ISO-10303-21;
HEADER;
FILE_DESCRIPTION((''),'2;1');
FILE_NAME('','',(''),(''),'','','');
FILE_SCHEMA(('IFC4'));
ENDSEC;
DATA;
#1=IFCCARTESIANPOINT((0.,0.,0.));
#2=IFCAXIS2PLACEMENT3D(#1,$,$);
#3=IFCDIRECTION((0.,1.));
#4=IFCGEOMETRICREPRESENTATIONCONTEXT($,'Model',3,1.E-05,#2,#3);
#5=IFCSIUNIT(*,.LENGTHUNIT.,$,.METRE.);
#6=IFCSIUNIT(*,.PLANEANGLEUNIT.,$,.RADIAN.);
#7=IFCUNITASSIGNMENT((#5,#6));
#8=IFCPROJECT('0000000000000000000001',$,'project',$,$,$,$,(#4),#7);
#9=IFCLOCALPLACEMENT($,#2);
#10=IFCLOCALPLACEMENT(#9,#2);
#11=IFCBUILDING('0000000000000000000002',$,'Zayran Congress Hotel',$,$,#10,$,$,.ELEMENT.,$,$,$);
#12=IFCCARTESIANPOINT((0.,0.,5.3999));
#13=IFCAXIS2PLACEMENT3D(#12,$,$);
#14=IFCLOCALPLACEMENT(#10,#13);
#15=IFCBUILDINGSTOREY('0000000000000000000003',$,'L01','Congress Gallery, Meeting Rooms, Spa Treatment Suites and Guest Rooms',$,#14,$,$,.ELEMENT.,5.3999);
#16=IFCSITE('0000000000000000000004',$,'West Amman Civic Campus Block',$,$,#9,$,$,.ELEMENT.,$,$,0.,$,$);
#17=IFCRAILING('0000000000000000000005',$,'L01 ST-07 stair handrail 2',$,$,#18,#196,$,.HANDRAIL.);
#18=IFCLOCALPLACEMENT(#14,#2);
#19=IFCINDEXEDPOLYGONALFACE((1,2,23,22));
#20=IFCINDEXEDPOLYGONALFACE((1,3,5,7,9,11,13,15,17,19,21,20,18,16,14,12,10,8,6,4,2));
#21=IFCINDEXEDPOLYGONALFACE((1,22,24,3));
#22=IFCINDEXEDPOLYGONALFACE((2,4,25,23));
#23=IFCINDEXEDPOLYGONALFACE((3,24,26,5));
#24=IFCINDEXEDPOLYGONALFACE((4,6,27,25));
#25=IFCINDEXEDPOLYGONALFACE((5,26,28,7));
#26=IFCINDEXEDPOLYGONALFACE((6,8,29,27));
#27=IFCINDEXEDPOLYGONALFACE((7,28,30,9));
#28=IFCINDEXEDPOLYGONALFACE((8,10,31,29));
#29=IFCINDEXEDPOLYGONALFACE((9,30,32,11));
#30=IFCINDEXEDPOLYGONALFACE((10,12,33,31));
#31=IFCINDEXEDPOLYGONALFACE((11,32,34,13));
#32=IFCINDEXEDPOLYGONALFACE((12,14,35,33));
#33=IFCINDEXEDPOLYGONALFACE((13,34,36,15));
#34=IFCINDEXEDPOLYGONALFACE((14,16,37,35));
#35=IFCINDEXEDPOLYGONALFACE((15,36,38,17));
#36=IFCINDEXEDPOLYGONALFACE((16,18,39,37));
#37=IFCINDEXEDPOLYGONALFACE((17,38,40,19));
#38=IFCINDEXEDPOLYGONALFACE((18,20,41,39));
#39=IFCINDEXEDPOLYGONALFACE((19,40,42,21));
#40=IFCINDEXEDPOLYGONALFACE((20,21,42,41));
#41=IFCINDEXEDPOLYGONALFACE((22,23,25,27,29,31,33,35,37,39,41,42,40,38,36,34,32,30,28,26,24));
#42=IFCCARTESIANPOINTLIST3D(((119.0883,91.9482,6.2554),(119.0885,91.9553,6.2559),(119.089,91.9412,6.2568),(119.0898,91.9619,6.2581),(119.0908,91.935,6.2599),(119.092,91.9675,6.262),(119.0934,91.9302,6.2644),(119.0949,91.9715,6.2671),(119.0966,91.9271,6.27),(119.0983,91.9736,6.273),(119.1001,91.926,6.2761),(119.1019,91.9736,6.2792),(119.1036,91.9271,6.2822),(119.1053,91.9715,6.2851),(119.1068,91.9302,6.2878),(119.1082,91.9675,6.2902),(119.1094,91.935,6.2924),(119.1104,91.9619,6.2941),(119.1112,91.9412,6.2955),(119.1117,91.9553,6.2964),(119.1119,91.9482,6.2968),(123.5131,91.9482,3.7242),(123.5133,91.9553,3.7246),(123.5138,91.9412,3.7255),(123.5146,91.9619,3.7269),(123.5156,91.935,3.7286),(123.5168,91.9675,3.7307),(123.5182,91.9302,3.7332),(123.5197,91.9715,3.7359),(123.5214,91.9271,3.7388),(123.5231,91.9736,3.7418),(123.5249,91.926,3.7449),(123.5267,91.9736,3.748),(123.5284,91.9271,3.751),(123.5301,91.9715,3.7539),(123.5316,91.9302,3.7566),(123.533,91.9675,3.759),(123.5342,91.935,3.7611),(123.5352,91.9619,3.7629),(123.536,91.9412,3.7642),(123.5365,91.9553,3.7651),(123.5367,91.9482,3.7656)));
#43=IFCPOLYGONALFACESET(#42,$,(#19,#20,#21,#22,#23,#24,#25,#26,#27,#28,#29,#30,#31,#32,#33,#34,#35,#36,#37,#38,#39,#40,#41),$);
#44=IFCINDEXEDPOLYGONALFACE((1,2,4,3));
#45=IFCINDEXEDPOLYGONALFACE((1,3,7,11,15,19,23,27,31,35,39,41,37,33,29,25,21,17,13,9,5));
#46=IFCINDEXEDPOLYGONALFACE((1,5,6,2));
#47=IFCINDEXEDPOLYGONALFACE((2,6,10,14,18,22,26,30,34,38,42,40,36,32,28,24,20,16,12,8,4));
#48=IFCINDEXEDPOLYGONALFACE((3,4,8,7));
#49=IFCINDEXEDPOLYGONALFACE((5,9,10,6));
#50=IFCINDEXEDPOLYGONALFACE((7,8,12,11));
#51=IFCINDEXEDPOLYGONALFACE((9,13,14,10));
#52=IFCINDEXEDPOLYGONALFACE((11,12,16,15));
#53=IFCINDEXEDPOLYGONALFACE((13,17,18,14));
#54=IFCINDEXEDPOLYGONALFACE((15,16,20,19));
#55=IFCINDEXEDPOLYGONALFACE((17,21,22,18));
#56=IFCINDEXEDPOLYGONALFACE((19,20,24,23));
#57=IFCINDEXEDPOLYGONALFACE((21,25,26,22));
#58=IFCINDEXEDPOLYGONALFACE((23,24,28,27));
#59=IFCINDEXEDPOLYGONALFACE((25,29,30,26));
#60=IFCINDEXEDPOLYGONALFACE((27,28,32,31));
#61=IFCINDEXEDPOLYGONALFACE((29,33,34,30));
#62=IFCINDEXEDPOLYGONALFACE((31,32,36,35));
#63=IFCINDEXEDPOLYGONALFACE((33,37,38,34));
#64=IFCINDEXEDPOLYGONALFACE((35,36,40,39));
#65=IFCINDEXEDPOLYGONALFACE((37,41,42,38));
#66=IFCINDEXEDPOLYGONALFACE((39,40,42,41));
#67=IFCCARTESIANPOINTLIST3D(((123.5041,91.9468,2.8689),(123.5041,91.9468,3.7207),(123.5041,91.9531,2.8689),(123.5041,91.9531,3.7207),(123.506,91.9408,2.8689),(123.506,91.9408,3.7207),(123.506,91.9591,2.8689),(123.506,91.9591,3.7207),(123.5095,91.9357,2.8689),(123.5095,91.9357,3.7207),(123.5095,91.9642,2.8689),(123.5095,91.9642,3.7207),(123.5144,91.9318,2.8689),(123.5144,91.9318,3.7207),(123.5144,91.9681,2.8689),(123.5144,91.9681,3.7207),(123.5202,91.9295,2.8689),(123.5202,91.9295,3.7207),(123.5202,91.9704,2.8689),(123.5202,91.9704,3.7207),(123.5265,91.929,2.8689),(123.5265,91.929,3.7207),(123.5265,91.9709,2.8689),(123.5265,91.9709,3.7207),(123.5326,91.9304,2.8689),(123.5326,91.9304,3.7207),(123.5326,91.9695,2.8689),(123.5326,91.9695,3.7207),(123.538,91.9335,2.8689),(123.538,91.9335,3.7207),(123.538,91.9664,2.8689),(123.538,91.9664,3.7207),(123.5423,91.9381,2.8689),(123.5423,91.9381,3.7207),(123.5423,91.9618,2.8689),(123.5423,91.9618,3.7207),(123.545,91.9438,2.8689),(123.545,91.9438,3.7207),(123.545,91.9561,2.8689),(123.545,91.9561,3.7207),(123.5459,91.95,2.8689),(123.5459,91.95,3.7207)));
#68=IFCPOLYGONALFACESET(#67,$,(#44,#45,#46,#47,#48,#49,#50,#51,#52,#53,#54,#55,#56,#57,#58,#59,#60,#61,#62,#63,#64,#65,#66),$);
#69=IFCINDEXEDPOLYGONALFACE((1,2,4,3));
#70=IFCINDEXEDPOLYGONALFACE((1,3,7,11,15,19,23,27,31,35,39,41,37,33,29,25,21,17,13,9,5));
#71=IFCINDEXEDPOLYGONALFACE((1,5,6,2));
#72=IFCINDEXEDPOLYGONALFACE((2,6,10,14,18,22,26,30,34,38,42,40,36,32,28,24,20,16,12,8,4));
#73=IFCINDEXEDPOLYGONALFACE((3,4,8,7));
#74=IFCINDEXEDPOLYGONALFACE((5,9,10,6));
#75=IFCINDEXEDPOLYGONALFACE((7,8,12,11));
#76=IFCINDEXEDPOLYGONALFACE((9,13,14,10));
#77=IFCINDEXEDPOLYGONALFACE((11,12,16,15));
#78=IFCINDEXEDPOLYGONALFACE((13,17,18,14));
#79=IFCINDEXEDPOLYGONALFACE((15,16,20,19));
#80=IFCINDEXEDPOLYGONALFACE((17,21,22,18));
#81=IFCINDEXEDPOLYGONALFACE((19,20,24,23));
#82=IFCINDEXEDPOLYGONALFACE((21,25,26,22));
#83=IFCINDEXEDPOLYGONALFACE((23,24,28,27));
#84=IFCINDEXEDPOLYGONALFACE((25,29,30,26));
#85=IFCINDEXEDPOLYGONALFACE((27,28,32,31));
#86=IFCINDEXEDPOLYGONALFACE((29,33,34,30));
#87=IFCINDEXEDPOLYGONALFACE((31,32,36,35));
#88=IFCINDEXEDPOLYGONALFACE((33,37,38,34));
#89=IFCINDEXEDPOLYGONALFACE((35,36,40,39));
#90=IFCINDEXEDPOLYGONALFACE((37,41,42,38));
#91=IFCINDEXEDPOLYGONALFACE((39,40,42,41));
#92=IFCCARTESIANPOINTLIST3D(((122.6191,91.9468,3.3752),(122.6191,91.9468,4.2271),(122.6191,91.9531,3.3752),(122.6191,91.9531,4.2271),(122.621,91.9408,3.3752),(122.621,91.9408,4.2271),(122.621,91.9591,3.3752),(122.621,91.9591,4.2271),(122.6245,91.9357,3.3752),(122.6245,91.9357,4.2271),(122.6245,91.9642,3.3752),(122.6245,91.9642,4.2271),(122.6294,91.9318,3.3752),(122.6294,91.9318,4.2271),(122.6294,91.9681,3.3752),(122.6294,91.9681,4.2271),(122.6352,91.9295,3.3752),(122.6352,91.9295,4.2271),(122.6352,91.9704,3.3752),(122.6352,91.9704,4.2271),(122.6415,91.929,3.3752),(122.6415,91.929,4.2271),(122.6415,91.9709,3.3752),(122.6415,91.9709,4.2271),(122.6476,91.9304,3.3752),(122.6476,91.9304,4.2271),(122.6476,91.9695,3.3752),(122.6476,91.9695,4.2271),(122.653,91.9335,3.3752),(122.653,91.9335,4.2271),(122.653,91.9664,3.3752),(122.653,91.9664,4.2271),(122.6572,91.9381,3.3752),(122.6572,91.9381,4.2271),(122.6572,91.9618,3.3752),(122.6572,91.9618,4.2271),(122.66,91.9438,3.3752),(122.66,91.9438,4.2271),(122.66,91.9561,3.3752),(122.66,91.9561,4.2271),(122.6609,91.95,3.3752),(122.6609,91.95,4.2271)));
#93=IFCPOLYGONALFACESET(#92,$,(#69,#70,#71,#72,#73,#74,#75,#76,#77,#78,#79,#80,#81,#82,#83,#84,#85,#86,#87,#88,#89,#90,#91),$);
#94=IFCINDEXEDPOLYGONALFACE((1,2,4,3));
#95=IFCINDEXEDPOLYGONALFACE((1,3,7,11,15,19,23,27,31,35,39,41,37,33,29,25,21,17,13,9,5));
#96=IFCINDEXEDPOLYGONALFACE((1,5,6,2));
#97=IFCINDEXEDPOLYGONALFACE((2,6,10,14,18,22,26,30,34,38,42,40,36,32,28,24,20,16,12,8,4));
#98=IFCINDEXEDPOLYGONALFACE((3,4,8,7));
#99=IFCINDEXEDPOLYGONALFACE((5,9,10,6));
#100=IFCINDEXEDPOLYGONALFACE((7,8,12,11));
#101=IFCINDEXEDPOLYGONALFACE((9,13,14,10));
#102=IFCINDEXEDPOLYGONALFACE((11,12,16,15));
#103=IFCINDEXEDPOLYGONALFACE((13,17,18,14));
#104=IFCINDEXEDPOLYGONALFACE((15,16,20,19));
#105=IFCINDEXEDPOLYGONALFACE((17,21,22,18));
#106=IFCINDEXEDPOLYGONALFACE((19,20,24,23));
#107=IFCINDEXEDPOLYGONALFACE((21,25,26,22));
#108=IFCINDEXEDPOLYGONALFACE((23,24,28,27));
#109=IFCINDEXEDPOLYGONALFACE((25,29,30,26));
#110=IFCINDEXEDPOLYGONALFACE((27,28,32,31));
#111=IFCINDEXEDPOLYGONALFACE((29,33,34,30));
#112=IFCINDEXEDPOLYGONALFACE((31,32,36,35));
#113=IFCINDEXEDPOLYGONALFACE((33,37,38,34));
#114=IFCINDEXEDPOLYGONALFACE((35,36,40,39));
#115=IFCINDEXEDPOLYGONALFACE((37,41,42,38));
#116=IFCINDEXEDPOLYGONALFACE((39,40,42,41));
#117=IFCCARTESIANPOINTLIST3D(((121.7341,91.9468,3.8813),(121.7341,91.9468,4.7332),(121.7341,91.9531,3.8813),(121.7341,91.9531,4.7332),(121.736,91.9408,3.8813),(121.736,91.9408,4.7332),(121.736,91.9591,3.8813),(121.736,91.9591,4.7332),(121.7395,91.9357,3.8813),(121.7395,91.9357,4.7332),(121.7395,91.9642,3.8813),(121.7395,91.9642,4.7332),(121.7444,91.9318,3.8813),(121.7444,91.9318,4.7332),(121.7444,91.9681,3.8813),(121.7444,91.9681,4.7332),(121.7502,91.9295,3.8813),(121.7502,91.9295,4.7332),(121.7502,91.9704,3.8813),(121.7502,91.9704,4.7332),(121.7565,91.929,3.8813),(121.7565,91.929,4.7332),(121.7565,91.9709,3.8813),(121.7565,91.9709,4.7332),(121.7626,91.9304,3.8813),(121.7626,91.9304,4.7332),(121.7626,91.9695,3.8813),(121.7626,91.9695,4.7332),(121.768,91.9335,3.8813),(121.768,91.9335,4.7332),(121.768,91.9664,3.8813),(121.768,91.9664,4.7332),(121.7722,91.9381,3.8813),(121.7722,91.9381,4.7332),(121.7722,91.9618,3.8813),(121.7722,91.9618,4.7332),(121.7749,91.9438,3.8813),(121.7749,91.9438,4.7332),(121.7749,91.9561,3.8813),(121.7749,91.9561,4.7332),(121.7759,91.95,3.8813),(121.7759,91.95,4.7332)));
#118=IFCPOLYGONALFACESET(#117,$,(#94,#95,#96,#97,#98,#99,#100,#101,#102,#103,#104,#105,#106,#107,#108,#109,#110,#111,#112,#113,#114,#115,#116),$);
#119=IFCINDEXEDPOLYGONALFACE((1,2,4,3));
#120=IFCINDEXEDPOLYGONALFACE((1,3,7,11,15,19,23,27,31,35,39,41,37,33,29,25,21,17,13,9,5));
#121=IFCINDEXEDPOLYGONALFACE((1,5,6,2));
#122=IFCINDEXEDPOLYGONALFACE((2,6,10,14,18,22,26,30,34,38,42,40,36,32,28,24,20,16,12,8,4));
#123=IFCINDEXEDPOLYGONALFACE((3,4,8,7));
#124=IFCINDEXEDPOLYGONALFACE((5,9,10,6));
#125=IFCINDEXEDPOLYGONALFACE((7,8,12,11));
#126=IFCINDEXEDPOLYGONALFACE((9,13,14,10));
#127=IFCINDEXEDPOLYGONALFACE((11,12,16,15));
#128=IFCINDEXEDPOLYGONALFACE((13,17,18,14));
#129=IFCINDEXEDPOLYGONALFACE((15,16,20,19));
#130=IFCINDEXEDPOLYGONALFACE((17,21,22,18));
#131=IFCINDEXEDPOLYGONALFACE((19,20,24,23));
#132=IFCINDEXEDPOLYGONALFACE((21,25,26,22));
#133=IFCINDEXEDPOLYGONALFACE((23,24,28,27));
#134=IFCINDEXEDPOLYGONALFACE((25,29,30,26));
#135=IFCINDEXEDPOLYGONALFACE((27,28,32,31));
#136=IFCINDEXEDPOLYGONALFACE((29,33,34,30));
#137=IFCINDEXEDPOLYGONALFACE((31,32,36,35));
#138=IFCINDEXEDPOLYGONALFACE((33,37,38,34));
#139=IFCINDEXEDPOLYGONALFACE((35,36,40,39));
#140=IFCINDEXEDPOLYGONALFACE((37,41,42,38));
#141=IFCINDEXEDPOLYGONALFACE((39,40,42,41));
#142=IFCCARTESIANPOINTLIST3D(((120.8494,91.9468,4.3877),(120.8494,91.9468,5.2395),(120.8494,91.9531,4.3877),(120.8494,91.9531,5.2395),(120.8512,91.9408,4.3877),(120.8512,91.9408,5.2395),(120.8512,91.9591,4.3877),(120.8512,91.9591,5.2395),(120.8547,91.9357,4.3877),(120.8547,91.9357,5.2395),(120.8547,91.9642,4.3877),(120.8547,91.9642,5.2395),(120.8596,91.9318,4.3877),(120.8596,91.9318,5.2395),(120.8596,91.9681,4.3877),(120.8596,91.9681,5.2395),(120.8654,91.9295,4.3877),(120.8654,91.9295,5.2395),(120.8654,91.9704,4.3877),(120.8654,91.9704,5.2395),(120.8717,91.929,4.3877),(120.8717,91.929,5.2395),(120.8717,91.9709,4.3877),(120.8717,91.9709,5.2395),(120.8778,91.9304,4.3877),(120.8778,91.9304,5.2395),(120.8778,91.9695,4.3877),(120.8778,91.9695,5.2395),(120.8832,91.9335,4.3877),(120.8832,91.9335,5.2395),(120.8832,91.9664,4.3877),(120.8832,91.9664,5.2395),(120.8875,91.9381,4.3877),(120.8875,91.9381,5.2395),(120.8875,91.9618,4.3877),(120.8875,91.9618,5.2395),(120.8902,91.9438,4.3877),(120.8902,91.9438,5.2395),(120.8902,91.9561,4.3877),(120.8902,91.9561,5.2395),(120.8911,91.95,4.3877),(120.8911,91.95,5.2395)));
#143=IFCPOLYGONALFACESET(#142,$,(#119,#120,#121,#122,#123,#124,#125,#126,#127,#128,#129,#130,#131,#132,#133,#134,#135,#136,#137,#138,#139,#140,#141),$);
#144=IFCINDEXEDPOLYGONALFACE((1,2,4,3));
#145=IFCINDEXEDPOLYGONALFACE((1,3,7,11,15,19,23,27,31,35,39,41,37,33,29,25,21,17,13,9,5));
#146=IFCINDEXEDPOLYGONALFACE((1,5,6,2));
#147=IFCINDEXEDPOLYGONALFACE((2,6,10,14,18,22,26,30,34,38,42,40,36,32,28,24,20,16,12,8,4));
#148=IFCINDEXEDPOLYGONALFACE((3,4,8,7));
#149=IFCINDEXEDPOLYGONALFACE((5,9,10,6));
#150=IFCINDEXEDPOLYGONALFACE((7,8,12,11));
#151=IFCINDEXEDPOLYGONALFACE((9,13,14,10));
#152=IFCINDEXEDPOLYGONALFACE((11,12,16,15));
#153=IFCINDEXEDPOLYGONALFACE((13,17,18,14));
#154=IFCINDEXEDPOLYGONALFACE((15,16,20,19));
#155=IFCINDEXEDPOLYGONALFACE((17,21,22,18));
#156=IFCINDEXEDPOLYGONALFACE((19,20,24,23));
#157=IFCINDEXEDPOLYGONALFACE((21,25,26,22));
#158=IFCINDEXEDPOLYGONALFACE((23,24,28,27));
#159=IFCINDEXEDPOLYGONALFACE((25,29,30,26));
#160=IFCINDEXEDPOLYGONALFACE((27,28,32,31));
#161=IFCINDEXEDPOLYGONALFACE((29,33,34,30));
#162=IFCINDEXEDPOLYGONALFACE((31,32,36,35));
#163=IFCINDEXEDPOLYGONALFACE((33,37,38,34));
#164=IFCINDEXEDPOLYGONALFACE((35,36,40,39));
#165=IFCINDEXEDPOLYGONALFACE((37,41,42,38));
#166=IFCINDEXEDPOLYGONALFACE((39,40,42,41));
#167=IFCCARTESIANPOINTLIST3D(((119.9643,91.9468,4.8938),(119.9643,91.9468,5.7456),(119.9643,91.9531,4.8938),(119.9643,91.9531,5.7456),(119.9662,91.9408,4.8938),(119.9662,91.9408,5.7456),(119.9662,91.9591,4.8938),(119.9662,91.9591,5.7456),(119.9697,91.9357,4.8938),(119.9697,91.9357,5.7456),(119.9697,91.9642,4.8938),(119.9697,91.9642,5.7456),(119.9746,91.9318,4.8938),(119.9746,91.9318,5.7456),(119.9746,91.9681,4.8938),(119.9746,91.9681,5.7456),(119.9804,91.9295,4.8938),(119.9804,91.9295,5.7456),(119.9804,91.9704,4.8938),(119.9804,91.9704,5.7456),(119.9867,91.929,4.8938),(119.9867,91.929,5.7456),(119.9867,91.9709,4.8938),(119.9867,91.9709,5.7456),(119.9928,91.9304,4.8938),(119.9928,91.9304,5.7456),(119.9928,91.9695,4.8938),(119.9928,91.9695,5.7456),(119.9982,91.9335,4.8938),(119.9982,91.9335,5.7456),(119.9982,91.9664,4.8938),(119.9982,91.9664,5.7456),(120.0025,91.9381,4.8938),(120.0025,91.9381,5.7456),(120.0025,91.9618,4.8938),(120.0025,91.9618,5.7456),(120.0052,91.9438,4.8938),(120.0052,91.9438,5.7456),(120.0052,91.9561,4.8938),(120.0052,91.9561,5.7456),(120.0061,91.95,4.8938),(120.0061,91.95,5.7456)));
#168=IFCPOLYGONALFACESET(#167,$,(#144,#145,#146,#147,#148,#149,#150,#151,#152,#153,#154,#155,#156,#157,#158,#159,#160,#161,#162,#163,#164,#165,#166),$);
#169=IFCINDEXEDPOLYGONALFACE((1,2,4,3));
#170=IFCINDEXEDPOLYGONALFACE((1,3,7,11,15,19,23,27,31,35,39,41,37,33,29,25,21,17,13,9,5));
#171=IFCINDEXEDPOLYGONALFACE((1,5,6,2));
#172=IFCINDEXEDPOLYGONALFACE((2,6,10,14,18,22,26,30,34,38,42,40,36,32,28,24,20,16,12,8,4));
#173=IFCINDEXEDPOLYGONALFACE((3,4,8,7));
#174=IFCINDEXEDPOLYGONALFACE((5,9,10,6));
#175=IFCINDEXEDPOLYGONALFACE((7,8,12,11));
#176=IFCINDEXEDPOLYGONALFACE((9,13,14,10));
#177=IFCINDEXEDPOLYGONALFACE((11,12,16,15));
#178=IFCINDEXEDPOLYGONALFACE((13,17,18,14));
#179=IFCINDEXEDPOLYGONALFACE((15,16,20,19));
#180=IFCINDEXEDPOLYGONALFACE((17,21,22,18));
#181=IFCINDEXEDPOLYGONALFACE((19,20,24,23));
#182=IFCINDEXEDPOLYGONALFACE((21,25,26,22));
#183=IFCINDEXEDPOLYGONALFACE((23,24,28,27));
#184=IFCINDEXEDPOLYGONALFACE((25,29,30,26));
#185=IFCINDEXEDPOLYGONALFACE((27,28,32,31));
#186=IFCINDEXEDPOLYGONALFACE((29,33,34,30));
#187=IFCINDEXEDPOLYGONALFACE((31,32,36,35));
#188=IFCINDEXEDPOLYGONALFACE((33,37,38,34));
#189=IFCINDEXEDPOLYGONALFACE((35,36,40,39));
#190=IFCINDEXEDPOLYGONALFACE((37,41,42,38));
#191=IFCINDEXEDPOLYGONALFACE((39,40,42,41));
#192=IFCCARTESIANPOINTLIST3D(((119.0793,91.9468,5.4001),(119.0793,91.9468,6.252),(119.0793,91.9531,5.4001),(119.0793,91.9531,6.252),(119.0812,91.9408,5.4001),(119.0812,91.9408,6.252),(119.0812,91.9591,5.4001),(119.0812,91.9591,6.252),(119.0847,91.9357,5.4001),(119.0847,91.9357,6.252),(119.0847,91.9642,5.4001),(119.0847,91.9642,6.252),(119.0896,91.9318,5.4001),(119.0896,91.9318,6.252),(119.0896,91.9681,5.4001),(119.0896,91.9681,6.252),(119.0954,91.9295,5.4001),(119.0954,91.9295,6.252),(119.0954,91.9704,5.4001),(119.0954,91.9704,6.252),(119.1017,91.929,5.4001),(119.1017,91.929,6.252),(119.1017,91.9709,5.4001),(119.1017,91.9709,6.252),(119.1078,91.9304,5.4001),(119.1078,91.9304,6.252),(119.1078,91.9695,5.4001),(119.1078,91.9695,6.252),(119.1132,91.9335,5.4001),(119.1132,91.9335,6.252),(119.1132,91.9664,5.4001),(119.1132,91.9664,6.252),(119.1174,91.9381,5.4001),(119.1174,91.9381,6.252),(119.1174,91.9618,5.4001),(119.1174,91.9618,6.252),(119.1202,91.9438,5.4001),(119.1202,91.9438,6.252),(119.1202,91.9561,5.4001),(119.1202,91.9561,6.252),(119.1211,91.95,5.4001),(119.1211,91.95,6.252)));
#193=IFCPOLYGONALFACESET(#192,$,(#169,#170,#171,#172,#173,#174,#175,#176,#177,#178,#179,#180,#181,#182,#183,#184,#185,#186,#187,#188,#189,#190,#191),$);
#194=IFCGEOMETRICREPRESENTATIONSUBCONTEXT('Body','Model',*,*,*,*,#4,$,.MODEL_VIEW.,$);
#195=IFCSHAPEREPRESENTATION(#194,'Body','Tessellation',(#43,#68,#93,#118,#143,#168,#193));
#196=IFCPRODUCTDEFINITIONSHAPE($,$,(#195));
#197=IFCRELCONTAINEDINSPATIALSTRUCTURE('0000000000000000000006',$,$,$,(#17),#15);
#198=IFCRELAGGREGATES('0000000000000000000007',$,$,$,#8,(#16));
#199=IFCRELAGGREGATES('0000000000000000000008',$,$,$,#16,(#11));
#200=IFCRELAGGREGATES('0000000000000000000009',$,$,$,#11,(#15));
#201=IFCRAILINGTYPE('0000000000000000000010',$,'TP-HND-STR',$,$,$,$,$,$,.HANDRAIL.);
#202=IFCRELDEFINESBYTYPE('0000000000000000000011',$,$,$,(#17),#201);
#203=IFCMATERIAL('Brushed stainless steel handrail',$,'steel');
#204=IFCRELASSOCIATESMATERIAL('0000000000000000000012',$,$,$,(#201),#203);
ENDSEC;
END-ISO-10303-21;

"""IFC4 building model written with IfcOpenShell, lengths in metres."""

from ifc_helpers import new_model, si_unit, direction, frame, origin, origin_2d, place, context, subcontext, project, spatial, circle, extrude, material, type_object, element, save


model = new_model("IFC4")

# Units and contexts
model_context = context("Model", 3, precision=1e-05, world=origin(), true_north=direction((0.0, 1.0)))
body_context = subcontext(model_context, "Body", "Model", "MODEL_VIEW")
ifc_project = project(units=[si_unit("LENGTHUNIT", "METRE"), si_unit("PLANEANGLEUNIT", "RADIAN")], contexts=[model_context])

# Site, building, storey
site_placement = place(None, origin())
site = spatial("IfcSite", under=ifc_project, at=site_placement, Name="West Amman Civic Campus Block", CompositionType="ELEMENT", RefElevation=0.0)
building_placement = place(site_placement, origin())
building = spatial("IfcBuilding", under=site, at=building_placement, Name="Zayran Congress Hotel", CompositionType="ELEMENT")
storey_placement = place(building_placement, frame((0.0, 0.0, 5.3999)))
storey = spatial("IfcBuildingStorey", under=building, at=storey_placement, Name="L01", Description="Congress Gallery, Meeting Rooms, Spa Treatment Suites and Guest Rooms", CompositionType="ELEMENT", Elevation=5.3999)

# Railing
ifc_material_1 = material(Name="Brushed stainless steel handrail", Category="steel")
railing_type = type_object("IfcRailingType", Name="TP-HND-STR", PredefinedType="HANDRAIL", material=ifc_material_1)
railing_placement = place(storey_placement, frame((123.5249, 91.95, 2.8689)))
element("IfcRailing", 1, at=railing_placement, inside=storey, type_object=railing_type, Name="L01 ST-07 stair handrail 2", PredefinedType="HANDRAIL", context=body_context, shape_type="SweptSolid", body=[
    extrude(circle(Radius=0.0239, at=origin_2d()), frame((0.0, 0.0, 0.876), z_axis=(-0.868007, 0.0, 0.496551), x_axis=(0.0, -1.0, 0.0)), (0.0, 0.0, 1.0), 5.0977),
    extrude(circle(Radius=0.021, at=origin_2d()), origin(), (0.0, 0.0, 1.0), 0.8518),
    extrude(circle(Radius=0.021, at=origin_2d()), frame((-0.885, 0.0, 0.5063)), (0.0, 0.0, 1.0), 0.8518),
    extrude(circle(Radius=0.021, at=origin_2d()), frame((-1.77, 0.0, 1.0125)), (0.0, 0.0, 1.0), 0.8518),
    extrude(circle(Radius=0.021, at=origin_2d()), frame((-2.6548, 0.0, 1.5188)), (0.0, 0.0, 1.0), 0.8518),
    extrude(circle(Radius=0.021, at=origin_2d()), frame((-3.5398, 0.0, 2.0249)), (0.0, 0.0, 1.0), 0.8518),
    extrude(circle(Radius=0.021, at=origin_2d()), frame((-4.4248, 0.0, 2.5312)), (0.0, 0.0, 1.0), 0.8518),
])

save(model, "model.ifc")
